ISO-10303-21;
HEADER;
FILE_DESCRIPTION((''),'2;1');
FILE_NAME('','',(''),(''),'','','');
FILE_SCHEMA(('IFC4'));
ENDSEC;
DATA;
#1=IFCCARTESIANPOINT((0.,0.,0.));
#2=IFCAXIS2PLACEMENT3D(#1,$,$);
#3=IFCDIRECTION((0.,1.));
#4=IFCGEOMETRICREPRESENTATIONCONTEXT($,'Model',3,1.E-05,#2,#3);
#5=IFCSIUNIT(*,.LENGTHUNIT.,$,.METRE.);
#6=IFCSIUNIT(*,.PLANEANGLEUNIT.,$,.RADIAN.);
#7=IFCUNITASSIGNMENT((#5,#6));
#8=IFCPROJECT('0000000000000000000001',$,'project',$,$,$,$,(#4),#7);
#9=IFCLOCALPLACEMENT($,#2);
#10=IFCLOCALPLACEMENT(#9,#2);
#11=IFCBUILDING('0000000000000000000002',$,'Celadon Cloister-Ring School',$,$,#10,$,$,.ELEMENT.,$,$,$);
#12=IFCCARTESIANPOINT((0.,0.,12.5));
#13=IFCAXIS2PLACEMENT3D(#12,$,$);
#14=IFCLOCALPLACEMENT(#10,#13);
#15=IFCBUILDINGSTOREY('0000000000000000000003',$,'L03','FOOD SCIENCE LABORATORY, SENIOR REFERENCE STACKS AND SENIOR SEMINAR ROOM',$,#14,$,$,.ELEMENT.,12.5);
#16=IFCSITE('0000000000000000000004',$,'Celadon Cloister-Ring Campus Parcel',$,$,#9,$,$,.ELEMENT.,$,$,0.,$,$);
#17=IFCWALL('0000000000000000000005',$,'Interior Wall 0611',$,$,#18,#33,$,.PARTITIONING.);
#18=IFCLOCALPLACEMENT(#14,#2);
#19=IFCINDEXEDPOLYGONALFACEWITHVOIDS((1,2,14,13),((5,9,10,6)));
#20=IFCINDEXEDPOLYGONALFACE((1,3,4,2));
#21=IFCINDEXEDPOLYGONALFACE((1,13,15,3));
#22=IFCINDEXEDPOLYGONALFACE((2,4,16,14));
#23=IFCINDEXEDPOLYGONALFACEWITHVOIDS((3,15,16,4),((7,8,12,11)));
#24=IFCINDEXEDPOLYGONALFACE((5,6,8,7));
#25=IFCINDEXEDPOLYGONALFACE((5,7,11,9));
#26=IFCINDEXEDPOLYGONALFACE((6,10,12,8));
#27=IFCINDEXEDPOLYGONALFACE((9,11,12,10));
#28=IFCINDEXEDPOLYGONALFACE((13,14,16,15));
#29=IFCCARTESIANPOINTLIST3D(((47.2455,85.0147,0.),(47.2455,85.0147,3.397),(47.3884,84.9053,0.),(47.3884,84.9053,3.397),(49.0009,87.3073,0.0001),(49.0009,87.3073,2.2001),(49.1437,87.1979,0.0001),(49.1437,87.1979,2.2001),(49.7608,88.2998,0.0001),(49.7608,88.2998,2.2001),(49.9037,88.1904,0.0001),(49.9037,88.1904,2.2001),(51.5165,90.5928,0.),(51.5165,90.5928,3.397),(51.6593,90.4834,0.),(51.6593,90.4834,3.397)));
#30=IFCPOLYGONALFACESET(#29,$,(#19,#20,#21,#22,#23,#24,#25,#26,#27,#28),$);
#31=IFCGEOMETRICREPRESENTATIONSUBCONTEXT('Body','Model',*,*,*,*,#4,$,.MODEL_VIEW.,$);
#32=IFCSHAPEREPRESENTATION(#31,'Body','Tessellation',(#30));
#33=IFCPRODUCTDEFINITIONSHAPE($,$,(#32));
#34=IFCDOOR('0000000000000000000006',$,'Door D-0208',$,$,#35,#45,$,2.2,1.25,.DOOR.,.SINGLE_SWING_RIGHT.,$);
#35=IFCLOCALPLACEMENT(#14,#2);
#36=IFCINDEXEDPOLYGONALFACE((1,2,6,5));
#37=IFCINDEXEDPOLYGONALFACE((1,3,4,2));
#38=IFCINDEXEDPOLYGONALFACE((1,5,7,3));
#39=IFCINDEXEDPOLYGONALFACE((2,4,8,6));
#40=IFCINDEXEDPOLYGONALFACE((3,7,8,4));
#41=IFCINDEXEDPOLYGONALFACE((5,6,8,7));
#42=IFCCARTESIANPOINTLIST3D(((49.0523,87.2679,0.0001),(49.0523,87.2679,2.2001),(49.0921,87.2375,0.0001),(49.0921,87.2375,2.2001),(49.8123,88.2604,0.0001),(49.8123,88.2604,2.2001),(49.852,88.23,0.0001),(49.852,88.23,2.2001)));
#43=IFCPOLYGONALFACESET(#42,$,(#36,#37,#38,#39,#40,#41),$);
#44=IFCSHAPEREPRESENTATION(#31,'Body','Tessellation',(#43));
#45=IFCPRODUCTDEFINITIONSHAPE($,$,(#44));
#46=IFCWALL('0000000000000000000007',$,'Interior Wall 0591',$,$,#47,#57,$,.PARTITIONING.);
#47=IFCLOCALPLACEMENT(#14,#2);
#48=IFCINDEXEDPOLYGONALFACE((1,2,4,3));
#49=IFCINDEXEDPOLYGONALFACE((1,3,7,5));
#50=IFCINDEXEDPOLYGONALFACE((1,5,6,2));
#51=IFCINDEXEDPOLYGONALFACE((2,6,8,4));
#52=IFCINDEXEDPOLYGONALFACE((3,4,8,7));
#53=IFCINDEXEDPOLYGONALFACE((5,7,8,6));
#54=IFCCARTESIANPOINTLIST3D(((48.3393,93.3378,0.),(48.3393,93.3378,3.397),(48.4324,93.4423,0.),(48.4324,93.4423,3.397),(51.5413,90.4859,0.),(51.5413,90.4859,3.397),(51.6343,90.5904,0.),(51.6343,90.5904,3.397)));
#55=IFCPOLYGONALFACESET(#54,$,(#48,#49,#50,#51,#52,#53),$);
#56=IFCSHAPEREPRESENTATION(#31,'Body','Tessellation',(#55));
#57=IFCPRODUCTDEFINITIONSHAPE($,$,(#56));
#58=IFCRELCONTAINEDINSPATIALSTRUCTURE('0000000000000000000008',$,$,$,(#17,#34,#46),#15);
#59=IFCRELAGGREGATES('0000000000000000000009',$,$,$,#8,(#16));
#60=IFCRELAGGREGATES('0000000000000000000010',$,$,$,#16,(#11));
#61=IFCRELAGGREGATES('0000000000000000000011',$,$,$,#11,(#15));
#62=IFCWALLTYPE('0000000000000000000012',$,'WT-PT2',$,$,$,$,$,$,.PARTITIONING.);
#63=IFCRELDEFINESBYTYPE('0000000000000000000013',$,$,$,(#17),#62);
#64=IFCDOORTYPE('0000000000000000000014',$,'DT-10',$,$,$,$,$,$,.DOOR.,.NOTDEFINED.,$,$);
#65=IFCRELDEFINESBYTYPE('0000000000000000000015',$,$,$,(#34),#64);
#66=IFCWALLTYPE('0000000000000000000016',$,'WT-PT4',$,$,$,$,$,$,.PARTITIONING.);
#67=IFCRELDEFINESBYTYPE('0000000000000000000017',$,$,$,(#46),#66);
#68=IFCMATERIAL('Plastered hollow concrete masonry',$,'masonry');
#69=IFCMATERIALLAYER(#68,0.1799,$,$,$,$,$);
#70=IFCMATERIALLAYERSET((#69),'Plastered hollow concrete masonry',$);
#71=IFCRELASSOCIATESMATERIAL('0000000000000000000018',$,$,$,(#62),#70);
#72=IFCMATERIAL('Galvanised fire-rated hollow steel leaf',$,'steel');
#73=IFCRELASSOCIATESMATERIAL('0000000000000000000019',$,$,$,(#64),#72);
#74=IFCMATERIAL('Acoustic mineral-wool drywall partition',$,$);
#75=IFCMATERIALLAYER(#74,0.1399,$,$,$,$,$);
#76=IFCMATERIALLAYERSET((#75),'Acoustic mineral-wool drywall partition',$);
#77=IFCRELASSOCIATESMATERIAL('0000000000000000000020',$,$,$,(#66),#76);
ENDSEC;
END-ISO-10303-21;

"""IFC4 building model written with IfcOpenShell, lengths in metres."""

from ifc_helpers import new_model, si_unit, direction, frame, frame_2d, origin, place, context, subcontext, project, spatial, rectangle, extrude, material, layer, layer_set, type_object, element, fill, save


model = new_model("IFC4")

# Units and contexts
model_context = context("Model", 3, precision=1e-05, world=origin(), true_north=direction((0.0, 1.0)))
body_context = subcontext(model_context, "Body", "Model", "MODEL_VIEW")
ifc_project = project(units=[si_unit("LENGTHUNIT", "METRE"), si_unit("PLANEANGLEUNIT", "RADIAN")], contexts=[model_context])

# Site, building, storey
site_placement = place(None, origin())
site = spatial("IfcSite", under=ifc_project, at=site_placement, Name="Celadon Cloister-Ring Campus Parcel", CompositionType="ELEMENT", RefElevation=0.0)
building_placement = place(site_placement, origin())
building = spatial("IfcBuilding", under=site, at=building_placement, Name="Celadon Cloister-Ring School", CompositionType="ELEMENT")
storey_placement = place(building_placement, frame((0.0, 0.0, 12.5)))
storey = spatial("IfcBuildingStorey", under=building, at=storey_placement, Name="L03", Description="FOOD SCIENCE LABORATORY, SENIOR REFERENCE STACKS AND SENIOR SEMINAR ROOM", CompositionType="ELEMENT", Elevation=12.5)

# Wall, opening, door
ifc_material_1 = material(Name="Plastered hollow concrete masonry", Category="masonry")
ifc_layer_1 = layer(ifc_material_1, 0.1799)
ifc_layer_set_1 = layer_set([ifc_layer_1], Name="Plastered hollow concrete masonry")
wall_type_1 = type_object("IfcWallType", Name="WT-PT2", PredefinedType="PARTITIONING", material=ifc_layer_set_1)
wall_1_placement = place(storey_placement, frame((51.5879, 90.5381, 0.0), z_axis=(0.0, 0.0, 1.0), x_axis=(-0.607932, -0.793989, 0.0)))
wall_1 = element("IfcWall", 1, at=wall_1_placement, inside=storey, type_object=wall_type_1, Name="Interior Wall 0611", PredefinedType="PARTITIONING", context=body_context, shape_type="SweptSolid", body=[
    extrude(rectangle(XDim=7.0254, YDim=0.1799, at=frame_2d((3.5127, 0.0))), origin(), (0.0, 0.0, 1.0), 3.397),
])
opening_placement = place(wall_1_placement, frame((2.8879, 0.0, 0.0)))
opening = element("IfcOpeningElement", 2, at=opening_placement, cuts=wall_1, PredefinedType="OPENING", context=body_context, shape_type="SweptSolid", body=[
    extrude(rectangle(XDim=1.25, YDim=2.2, at=frame_2d((0.625, 1.1001))), frame((0.0, 0.1001, 0.0), z_axis=(0.0, -1.0, 0.0), x_axis=(1.0, 0.0, 0.0)), (0.0, 0.0, 1.0), 0.2),
])
ifc_material_2 = material(Name="Galvanised fire-rated hollow steel leaf", Category="steel")
door_type = type_object("IfcDoorType", Name="DT-10", OperationType="NOTDEFINED", PredefinedType="DOOR", material=ifc_material_2)
door_placement = place(opening_placement, origin())
door = element("IfcDoor", 3, at=door_placement, inside=storey, type_object=door_type, Name="Door D-0208", OperationType="SINGLE_SWING_RIGHT", OverallHeight=2.2, OverallWidth=1.25, PredefinedType="DOOR", context=body_context, shape_type="SweptSolid", body=[
    extrude(rectangle(XDim=1.25, YDim=2.2, at=frame_2d((0.625, 1.1001))), frame((0.0, 0.0249, 0.0), z_axis=(0.0, -1.0, 0.0), x_axis=(1.0, 0.0, 0.0)), (0.0, 0.0, 1.0), 0.05),
])
fill(opening, door)

# Wall
ifc_material_3 = material(Name="Acoustic mineral-wool drywall partition")
ifc_layer_2 = layer(ifc_material_3, 0.1399)
ifc_layer_set_2 = layer_set([ifc_layer_2], Name="Acoustic mineral-wool drywall partition")
wall_type_2 = type_object("IfcWallType", Name="WT-PT4", PredefinedType="PARTITIONING", material=ifc_layer_set_2)
wall_2_placement = place(storey_placement, frame((51.5879, 90.5381, 0.0), z_axis=(0.0, 0.0, 1.0), x_axis=(-0.746752, 0.665102, 0.0)))
element("IfcWall", 4, at=wall_2_placement, inside=storey, type_object=wall_type_2, Name="Interior Wall 0591", PredefinedType="PARTITIONING", context=body_context, shape_type="SweptSolid", body=[
    extrude(rectangle(XDim=4.2878, YDim=0.1399, at=frame_2d((2.144, 0.0))), origin(), (0.0, 0.0, 1.0), 3.397),
])

save(model, "model.ifc")
